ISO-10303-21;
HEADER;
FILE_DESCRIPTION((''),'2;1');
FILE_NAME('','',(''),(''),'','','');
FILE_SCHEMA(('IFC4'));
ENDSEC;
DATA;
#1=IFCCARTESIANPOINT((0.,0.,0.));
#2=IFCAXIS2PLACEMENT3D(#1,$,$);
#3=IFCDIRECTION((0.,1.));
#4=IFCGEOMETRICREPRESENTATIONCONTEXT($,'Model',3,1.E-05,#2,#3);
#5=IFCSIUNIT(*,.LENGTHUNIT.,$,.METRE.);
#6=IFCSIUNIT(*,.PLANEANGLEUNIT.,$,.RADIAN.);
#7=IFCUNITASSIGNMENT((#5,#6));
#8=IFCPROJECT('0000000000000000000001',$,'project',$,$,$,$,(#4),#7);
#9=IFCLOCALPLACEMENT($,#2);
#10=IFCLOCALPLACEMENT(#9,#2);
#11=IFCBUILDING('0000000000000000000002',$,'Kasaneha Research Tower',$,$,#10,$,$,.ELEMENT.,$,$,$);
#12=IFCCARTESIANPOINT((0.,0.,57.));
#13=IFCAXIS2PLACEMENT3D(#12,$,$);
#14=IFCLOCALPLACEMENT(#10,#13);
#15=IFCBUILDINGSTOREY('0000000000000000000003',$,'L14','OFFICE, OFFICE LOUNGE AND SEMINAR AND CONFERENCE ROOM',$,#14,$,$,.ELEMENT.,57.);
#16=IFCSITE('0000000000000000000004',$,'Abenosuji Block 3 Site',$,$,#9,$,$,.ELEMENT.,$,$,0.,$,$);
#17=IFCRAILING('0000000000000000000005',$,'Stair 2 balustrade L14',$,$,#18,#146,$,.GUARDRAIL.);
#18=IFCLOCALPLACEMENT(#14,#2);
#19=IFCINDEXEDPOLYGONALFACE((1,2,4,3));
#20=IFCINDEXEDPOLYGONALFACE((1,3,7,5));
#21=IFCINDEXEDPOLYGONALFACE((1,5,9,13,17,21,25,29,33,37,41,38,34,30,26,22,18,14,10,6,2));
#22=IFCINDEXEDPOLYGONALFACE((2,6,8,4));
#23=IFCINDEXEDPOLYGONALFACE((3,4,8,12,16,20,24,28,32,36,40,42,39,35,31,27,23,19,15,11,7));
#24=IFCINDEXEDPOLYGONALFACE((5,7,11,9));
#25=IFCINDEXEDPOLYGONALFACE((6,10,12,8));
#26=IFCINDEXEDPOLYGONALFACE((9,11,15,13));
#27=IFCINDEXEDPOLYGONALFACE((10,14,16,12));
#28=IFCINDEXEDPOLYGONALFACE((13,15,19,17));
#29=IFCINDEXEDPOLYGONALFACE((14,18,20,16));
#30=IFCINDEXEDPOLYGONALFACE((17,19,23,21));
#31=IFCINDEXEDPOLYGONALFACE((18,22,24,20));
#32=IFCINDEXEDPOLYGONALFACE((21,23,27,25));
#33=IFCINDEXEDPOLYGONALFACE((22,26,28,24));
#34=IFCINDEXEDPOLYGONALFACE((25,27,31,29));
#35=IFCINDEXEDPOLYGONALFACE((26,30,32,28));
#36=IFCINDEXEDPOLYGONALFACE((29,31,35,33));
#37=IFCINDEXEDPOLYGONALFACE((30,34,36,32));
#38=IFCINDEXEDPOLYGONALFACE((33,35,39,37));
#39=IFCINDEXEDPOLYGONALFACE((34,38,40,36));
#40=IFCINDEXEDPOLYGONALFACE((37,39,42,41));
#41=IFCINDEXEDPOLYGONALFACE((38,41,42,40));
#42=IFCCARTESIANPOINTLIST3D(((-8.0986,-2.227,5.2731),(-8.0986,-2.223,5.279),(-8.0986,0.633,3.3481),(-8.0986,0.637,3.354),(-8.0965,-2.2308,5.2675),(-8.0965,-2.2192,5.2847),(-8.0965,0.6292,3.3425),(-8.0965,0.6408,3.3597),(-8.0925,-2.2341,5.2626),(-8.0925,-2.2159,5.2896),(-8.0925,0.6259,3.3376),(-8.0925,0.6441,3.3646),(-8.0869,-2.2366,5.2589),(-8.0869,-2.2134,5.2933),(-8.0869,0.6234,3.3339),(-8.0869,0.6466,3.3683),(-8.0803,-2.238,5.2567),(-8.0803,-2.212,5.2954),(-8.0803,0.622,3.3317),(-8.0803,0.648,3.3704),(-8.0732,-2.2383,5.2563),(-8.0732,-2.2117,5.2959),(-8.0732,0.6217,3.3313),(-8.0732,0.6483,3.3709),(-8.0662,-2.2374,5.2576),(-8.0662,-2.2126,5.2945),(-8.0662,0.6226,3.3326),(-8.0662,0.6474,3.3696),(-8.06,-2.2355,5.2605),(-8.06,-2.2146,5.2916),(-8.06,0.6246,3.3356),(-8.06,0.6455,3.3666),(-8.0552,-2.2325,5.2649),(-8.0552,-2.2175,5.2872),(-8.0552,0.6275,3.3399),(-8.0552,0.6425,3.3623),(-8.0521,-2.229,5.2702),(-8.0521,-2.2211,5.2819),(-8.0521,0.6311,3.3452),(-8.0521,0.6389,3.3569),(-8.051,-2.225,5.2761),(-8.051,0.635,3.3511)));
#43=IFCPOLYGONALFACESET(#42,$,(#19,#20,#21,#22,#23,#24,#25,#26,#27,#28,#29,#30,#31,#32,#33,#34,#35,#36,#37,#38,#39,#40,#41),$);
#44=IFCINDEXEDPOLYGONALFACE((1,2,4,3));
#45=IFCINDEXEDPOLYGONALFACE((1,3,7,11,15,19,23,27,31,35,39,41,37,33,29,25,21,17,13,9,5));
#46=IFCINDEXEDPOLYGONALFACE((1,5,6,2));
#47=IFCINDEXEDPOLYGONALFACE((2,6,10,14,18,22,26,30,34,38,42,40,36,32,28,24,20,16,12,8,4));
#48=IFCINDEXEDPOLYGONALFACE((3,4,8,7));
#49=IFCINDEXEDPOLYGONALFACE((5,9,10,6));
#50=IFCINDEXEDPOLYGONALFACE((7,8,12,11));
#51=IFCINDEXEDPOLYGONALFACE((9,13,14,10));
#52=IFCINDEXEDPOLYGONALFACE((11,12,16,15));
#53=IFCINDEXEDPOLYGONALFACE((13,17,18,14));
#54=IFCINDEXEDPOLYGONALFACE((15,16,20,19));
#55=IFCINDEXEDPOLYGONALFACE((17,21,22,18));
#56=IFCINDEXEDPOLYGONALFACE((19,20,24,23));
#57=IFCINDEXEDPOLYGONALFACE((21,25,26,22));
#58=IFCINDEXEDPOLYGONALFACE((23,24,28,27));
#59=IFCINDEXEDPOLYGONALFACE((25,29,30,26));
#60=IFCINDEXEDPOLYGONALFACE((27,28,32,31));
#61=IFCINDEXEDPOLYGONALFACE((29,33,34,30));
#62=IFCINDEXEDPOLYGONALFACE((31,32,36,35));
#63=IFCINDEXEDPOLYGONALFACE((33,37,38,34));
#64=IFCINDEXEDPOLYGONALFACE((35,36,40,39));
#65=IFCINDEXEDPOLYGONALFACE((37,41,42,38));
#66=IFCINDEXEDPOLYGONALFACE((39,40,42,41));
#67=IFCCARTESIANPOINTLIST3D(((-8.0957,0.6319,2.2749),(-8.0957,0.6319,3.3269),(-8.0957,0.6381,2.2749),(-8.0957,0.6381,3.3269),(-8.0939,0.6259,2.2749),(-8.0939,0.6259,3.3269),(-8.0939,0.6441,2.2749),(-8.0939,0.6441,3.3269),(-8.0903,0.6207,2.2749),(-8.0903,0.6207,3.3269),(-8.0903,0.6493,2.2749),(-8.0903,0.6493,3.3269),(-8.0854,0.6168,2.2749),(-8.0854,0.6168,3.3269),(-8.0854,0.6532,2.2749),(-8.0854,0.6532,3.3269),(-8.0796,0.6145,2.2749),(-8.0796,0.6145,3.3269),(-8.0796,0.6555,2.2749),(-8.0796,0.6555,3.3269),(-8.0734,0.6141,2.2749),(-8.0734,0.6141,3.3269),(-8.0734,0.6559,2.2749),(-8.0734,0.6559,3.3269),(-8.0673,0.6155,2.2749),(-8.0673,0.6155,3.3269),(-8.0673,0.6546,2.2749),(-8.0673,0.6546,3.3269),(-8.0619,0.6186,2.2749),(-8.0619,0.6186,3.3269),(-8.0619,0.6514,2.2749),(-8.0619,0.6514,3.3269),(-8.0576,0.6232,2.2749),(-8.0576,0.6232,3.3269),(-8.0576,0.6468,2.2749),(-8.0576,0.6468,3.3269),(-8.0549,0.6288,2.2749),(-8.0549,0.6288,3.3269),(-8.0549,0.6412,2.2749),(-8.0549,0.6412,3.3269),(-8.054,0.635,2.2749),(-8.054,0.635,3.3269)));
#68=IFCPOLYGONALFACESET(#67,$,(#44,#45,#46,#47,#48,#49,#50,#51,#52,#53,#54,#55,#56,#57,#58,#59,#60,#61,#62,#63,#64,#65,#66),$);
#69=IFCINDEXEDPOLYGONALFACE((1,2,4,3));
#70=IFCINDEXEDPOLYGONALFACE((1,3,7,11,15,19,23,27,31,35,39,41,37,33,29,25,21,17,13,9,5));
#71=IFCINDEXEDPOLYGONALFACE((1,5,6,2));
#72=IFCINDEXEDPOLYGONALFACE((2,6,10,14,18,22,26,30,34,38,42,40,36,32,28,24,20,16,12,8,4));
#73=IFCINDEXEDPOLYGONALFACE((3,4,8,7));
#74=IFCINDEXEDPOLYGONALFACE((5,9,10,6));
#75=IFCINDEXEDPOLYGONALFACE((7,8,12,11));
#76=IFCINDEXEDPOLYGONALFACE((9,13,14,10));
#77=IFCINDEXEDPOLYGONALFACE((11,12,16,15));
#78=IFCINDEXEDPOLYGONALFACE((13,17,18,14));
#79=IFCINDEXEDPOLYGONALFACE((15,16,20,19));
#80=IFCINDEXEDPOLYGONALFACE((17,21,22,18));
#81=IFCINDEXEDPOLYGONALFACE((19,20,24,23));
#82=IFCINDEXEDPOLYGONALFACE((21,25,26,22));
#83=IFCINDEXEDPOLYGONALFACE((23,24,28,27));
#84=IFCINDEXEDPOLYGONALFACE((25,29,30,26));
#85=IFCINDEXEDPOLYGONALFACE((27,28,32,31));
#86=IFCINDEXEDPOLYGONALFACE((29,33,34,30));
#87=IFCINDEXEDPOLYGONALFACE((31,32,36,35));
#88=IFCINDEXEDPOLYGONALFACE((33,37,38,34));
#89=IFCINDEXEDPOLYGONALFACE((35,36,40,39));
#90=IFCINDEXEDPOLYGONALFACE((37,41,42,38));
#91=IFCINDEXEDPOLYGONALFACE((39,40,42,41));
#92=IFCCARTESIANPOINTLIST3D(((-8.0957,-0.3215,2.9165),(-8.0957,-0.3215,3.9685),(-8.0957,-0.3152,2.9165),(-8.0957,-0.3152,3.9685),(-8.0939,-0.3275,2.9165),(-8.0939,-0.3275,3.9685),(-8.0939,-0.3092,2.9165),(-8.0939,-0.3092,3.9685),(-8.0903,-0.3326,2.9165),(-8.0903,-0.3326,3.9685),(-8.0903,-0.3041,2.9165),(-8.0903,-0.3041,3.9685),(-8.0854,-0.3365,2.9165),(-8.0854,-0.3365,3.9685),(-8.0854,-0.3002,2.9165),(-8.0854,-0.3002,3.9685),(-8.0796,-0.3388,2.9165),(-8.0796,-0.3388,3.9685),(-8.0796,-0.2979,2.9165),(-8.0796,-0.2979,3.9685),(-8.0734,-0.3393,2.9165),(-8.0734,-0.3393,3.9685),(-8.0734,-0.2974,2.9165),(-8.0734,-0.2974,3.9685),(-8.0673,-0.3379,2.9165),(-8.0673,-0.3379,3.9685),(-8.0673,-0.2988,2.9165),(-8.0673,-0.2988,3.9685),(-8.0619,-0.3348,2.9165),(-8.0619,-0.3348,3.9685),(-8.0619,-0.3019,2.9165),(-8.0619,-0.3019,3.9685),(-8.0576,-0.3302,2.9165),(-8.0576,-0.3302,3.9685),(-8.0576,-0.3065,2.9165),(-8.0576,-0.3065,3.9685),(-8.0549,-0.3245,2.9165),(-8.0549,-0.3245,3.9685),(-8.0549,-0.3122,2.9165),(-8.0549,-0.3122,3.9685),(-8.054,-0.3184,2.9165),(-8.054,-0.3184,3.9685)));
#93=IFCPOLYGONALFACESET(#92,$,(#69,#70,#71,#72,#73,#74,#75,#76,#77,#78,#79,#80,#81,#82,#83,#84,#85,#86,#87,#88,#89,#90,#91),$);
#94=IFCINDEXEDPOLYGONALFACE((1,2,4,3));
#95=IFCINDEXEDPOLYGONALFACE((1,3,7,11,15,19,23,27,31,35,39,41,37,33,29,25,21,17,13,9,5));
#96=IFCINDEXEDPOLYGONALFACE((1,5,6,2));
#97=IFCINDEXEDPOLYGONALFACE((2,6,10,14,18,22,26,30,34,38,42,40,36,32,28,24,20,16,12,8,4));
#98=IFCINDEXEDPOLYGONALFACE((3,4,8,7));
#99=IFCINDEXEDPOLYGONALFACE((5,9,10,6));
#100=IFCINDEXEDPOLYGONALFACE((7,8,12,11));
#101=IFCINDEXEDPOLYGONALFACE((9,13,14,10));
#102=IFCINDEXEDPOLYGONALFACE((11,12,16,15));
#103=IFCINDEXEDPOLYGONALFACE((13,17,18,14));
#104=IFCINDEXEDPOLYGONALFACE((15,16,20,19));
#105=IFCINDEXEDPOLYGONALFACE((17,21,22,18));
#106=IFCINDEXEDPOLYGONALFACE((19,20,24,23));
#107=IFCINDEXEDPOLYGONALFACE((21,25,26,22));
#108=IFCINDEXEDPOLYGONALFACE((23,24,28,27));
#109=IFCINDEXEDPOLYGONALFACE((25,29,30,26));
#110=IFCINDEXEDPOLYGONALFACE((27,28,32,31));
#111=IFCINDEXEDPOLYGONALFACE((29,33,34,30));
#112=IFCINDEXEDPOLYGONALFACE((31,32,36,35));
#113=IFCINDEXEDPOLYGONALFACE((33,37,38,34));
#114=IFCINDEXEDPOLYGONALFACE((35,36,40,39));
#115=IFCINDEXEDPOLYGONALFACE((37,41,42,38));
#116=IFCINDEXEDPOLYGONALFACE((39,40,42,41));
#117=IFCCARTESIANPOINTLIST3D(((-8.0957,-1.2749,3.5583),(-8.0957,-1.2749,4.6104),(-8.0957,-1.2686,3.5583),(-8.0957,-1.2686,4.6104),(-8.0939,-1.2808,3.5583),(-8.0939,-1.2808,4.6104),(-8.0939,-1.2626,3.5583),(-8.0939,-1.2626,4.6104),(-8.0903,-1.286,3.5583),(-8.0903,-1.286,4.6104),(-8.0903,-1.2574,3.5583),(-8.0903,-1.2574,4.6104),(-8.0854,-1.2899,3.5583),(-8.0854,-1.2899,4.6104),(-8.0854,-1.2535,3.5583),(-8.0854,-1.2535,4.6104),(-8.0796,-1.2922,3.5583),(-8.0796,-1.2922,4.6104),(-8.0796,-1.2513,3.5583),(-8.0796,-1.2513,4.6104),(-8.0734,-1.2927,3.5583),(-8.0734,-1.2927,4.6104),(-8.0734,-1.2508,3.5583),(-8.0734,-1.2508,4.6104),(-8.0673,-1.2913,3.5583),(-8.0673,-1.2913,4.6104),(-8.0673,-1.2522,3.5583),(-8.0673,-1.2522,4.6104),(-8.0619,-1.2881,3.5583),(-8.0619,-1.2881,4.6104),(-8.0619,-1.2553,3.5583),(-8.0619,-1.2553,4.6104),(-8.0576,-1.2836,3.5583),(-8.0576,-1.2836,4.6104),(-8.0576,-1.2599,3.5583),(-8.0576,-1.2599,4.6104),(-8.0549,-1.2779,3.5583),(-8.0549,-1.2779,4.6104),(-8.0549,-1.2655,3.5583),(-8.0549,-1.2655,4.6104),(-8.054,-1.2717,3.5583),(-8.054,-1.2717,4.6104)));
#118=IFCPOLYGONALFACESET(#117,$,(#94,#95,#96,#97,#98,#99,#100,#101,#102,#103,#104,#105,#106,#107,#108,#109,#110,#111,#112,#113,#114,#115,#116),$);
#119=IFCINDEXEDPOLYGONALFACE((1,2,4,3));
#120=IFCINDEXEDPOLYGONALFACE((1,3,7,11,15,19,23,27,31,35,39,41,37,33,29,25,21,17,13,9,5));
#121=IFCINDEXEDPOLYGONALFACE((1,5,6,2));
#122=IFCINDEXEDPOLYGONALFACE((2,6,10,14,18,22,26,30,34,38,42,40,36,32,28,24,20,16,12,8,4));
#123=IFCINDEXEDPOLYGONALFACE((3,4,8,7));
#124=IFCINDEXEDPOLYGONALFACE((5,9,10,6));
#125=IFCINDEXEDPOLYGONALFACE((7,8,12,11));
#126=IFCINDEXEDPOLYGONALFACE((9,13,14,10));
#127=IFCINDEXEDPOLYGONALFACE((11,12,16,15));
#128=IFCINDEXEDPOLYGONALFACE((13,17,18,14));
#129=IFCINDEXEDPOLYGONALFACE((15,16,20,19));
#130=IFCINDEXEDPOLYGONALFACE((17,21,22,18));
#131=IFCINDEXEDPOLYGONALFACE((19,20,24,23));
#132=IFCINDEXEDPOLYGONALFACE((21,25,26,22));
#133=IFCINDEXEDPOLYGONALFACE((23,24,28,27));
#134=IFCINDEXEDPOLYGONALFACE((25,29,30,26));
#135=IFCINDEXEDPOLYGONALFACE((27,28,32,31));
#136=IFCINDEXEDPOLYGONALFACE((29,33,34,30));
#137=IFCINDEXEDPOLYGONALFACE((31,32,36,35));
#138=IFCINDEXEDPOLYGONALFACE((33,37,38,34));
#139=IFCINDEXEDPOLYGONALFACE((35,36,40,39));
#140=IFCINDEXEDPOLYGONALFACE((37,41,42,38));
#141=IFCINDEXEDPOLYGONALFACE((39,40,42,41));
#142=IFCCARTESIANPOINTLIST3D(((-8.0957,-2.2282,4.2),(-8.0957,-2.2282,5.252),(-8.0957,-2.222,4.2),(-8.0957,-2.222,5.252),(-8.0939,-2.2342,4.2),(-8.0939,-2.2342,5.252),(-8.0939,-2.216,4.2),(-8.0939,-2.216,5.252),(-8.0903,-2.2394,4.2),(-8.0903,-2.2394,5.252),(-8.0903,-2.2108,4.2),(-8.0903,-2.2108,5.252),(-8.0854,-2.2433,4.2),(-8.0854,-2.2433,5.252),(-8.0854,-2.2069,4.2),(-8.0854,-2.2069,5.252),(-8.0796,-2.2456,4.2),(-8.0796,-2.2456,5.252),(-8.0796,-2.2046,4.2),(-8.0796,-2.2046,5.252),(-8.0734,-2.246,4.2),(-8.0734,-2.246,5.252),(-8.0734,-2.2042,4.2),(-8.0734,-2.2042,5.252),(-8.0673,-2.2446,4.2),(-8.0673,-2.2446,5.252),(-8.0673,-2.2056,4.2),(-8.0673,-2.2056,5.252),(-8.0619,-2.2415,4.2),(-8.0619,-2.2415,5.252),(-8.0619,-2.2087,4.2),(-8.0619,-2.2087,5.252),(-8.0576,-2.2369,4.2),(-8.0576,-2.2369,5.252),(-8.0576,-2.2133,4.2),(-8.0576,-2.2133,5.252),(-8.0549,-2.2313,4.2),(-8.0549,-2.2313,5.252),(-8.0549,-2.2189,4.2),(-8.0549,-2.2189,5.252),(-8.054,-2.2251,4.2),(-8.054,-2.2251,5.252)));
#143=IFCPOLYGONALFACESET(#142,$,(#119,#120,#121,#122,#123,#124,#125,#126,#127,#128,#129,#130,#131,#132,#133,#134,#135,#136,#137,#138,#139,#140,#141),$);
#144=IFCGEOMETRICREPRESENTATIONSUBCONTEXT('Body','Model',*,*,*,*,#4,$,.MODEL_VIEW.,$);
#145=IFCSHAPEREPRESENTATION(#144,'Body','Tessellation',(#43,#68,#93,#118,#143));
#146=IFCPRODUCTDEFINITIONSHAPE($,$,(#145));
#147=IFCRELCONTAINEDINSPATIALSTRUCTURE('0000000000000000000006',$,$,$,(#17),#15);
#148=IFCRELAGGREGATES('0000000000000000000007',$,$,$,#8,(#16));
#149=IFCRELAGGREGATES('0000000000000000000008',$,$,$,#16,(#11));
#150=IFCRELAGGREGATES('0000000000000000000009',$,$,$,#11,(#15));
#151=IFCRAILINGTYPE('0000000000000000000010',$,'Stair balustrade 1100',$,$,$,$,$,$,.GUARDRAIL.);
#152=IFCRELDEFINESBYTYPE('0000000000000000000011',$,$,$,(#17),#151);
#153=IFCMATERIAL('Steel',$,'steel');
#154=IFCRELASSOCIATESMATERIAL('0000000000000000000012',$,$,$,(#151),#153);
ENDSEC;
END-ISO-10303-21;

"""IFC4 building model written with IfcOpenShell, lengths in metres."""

from ifc_helpers import new_model, si_unit, direction, frame, origin, origin_2d, place, context, subcontext, project, spatial, circle, extrude, material, type_object, element, save


model = new_model("IFC4")

# Units and contexts
model_context = context("Model", 3, precision=1e-05, world=origin(), true_north=direction((0.0, 1.0)))
body_context = subcontext(model_context, "Body", "Model", "MODEL_VIEW")
ifc_project = project(units=[si_unit("LENGTHUNIT", "METRE"), si_unit("PLANEANGLEUNIT", "RADIAN")], contexts=[model_context])

# Site, building, storey
site_placement = place(None, origin())
site = spatial("IfcSite", under=ifc_project, at=site_placement, Name="Abenosuji Block 3 Site", CompositionType="ELEMENT", RefElevation=0.0)
building_placement = place(site_placement, origin())
building = spatial("IfcBuilding", under=site, at=building_placement, Name="Kasaneha Research Tower", CompositionType="ELEMENT")
storey_placement = place(building_placement, frame((0.0, 0.0, 57.0)))
storey = spatial("IfcBuildingStorey", under=building, at=storey_placement, Name="L14", Description="OFFICE, OFFICE LOUNGE AND SEMINAR AND CONFERENCE ROOM", CompositionType="ELEMENT", Elevation=57.0)

# Railing
ifc_material_1 = material(Name="Steel", Category="steel")
railing_type_1 = type_object("IfcRailingType", Name="Stair balustrade 1100", PredefinedType="GUARDRAIL", material=ifc_material_1)
railing_1_placement = place(storey_placement, frame((-8.075, 0.635, 2.2749)))
element("IfcRailing", 1, at=railing_1_placement, inside=storey, type_object=railing_type_1, Name="Stair 2 balustrade L14", PredefinedType="GUARDRAIL", context=body_context, shape_type="SweptSolid", body=[
    extrude(circle(Radius=0.0239, at=origin_2d()), frame((0.0, 0.0, 1.0762), z_axis=(0.0, -0.829591, 0.558372), x_axis=(1.0, 0.0, 0.0)), (0.0, 0.0, 1.0), 3.4475),
    extrude(circle(Radius=0.021, at=origin_2d()), origin(), (0.0, 0.0, 1.0), 1.052),
    extrude(circle(Radius=0.021, at=origin_2d()), frame((0.0, -0.9534, 0.6416)), (0.0, 0.0, 1.0), 1.052),
    extrude(circle(Radius=0.021, at=origin_2d()), frame((0.0, -1.9067, 1.2834)), (0.0, 0.0, 1.0), 1.052),
    extrude(circle(Radius=0.021, at=origin_2d()), frame((0.0, -2.8601, 1.925)), (0.0, 0.0, 1.0), 1.052),
])

save(model, "model.ifc")
